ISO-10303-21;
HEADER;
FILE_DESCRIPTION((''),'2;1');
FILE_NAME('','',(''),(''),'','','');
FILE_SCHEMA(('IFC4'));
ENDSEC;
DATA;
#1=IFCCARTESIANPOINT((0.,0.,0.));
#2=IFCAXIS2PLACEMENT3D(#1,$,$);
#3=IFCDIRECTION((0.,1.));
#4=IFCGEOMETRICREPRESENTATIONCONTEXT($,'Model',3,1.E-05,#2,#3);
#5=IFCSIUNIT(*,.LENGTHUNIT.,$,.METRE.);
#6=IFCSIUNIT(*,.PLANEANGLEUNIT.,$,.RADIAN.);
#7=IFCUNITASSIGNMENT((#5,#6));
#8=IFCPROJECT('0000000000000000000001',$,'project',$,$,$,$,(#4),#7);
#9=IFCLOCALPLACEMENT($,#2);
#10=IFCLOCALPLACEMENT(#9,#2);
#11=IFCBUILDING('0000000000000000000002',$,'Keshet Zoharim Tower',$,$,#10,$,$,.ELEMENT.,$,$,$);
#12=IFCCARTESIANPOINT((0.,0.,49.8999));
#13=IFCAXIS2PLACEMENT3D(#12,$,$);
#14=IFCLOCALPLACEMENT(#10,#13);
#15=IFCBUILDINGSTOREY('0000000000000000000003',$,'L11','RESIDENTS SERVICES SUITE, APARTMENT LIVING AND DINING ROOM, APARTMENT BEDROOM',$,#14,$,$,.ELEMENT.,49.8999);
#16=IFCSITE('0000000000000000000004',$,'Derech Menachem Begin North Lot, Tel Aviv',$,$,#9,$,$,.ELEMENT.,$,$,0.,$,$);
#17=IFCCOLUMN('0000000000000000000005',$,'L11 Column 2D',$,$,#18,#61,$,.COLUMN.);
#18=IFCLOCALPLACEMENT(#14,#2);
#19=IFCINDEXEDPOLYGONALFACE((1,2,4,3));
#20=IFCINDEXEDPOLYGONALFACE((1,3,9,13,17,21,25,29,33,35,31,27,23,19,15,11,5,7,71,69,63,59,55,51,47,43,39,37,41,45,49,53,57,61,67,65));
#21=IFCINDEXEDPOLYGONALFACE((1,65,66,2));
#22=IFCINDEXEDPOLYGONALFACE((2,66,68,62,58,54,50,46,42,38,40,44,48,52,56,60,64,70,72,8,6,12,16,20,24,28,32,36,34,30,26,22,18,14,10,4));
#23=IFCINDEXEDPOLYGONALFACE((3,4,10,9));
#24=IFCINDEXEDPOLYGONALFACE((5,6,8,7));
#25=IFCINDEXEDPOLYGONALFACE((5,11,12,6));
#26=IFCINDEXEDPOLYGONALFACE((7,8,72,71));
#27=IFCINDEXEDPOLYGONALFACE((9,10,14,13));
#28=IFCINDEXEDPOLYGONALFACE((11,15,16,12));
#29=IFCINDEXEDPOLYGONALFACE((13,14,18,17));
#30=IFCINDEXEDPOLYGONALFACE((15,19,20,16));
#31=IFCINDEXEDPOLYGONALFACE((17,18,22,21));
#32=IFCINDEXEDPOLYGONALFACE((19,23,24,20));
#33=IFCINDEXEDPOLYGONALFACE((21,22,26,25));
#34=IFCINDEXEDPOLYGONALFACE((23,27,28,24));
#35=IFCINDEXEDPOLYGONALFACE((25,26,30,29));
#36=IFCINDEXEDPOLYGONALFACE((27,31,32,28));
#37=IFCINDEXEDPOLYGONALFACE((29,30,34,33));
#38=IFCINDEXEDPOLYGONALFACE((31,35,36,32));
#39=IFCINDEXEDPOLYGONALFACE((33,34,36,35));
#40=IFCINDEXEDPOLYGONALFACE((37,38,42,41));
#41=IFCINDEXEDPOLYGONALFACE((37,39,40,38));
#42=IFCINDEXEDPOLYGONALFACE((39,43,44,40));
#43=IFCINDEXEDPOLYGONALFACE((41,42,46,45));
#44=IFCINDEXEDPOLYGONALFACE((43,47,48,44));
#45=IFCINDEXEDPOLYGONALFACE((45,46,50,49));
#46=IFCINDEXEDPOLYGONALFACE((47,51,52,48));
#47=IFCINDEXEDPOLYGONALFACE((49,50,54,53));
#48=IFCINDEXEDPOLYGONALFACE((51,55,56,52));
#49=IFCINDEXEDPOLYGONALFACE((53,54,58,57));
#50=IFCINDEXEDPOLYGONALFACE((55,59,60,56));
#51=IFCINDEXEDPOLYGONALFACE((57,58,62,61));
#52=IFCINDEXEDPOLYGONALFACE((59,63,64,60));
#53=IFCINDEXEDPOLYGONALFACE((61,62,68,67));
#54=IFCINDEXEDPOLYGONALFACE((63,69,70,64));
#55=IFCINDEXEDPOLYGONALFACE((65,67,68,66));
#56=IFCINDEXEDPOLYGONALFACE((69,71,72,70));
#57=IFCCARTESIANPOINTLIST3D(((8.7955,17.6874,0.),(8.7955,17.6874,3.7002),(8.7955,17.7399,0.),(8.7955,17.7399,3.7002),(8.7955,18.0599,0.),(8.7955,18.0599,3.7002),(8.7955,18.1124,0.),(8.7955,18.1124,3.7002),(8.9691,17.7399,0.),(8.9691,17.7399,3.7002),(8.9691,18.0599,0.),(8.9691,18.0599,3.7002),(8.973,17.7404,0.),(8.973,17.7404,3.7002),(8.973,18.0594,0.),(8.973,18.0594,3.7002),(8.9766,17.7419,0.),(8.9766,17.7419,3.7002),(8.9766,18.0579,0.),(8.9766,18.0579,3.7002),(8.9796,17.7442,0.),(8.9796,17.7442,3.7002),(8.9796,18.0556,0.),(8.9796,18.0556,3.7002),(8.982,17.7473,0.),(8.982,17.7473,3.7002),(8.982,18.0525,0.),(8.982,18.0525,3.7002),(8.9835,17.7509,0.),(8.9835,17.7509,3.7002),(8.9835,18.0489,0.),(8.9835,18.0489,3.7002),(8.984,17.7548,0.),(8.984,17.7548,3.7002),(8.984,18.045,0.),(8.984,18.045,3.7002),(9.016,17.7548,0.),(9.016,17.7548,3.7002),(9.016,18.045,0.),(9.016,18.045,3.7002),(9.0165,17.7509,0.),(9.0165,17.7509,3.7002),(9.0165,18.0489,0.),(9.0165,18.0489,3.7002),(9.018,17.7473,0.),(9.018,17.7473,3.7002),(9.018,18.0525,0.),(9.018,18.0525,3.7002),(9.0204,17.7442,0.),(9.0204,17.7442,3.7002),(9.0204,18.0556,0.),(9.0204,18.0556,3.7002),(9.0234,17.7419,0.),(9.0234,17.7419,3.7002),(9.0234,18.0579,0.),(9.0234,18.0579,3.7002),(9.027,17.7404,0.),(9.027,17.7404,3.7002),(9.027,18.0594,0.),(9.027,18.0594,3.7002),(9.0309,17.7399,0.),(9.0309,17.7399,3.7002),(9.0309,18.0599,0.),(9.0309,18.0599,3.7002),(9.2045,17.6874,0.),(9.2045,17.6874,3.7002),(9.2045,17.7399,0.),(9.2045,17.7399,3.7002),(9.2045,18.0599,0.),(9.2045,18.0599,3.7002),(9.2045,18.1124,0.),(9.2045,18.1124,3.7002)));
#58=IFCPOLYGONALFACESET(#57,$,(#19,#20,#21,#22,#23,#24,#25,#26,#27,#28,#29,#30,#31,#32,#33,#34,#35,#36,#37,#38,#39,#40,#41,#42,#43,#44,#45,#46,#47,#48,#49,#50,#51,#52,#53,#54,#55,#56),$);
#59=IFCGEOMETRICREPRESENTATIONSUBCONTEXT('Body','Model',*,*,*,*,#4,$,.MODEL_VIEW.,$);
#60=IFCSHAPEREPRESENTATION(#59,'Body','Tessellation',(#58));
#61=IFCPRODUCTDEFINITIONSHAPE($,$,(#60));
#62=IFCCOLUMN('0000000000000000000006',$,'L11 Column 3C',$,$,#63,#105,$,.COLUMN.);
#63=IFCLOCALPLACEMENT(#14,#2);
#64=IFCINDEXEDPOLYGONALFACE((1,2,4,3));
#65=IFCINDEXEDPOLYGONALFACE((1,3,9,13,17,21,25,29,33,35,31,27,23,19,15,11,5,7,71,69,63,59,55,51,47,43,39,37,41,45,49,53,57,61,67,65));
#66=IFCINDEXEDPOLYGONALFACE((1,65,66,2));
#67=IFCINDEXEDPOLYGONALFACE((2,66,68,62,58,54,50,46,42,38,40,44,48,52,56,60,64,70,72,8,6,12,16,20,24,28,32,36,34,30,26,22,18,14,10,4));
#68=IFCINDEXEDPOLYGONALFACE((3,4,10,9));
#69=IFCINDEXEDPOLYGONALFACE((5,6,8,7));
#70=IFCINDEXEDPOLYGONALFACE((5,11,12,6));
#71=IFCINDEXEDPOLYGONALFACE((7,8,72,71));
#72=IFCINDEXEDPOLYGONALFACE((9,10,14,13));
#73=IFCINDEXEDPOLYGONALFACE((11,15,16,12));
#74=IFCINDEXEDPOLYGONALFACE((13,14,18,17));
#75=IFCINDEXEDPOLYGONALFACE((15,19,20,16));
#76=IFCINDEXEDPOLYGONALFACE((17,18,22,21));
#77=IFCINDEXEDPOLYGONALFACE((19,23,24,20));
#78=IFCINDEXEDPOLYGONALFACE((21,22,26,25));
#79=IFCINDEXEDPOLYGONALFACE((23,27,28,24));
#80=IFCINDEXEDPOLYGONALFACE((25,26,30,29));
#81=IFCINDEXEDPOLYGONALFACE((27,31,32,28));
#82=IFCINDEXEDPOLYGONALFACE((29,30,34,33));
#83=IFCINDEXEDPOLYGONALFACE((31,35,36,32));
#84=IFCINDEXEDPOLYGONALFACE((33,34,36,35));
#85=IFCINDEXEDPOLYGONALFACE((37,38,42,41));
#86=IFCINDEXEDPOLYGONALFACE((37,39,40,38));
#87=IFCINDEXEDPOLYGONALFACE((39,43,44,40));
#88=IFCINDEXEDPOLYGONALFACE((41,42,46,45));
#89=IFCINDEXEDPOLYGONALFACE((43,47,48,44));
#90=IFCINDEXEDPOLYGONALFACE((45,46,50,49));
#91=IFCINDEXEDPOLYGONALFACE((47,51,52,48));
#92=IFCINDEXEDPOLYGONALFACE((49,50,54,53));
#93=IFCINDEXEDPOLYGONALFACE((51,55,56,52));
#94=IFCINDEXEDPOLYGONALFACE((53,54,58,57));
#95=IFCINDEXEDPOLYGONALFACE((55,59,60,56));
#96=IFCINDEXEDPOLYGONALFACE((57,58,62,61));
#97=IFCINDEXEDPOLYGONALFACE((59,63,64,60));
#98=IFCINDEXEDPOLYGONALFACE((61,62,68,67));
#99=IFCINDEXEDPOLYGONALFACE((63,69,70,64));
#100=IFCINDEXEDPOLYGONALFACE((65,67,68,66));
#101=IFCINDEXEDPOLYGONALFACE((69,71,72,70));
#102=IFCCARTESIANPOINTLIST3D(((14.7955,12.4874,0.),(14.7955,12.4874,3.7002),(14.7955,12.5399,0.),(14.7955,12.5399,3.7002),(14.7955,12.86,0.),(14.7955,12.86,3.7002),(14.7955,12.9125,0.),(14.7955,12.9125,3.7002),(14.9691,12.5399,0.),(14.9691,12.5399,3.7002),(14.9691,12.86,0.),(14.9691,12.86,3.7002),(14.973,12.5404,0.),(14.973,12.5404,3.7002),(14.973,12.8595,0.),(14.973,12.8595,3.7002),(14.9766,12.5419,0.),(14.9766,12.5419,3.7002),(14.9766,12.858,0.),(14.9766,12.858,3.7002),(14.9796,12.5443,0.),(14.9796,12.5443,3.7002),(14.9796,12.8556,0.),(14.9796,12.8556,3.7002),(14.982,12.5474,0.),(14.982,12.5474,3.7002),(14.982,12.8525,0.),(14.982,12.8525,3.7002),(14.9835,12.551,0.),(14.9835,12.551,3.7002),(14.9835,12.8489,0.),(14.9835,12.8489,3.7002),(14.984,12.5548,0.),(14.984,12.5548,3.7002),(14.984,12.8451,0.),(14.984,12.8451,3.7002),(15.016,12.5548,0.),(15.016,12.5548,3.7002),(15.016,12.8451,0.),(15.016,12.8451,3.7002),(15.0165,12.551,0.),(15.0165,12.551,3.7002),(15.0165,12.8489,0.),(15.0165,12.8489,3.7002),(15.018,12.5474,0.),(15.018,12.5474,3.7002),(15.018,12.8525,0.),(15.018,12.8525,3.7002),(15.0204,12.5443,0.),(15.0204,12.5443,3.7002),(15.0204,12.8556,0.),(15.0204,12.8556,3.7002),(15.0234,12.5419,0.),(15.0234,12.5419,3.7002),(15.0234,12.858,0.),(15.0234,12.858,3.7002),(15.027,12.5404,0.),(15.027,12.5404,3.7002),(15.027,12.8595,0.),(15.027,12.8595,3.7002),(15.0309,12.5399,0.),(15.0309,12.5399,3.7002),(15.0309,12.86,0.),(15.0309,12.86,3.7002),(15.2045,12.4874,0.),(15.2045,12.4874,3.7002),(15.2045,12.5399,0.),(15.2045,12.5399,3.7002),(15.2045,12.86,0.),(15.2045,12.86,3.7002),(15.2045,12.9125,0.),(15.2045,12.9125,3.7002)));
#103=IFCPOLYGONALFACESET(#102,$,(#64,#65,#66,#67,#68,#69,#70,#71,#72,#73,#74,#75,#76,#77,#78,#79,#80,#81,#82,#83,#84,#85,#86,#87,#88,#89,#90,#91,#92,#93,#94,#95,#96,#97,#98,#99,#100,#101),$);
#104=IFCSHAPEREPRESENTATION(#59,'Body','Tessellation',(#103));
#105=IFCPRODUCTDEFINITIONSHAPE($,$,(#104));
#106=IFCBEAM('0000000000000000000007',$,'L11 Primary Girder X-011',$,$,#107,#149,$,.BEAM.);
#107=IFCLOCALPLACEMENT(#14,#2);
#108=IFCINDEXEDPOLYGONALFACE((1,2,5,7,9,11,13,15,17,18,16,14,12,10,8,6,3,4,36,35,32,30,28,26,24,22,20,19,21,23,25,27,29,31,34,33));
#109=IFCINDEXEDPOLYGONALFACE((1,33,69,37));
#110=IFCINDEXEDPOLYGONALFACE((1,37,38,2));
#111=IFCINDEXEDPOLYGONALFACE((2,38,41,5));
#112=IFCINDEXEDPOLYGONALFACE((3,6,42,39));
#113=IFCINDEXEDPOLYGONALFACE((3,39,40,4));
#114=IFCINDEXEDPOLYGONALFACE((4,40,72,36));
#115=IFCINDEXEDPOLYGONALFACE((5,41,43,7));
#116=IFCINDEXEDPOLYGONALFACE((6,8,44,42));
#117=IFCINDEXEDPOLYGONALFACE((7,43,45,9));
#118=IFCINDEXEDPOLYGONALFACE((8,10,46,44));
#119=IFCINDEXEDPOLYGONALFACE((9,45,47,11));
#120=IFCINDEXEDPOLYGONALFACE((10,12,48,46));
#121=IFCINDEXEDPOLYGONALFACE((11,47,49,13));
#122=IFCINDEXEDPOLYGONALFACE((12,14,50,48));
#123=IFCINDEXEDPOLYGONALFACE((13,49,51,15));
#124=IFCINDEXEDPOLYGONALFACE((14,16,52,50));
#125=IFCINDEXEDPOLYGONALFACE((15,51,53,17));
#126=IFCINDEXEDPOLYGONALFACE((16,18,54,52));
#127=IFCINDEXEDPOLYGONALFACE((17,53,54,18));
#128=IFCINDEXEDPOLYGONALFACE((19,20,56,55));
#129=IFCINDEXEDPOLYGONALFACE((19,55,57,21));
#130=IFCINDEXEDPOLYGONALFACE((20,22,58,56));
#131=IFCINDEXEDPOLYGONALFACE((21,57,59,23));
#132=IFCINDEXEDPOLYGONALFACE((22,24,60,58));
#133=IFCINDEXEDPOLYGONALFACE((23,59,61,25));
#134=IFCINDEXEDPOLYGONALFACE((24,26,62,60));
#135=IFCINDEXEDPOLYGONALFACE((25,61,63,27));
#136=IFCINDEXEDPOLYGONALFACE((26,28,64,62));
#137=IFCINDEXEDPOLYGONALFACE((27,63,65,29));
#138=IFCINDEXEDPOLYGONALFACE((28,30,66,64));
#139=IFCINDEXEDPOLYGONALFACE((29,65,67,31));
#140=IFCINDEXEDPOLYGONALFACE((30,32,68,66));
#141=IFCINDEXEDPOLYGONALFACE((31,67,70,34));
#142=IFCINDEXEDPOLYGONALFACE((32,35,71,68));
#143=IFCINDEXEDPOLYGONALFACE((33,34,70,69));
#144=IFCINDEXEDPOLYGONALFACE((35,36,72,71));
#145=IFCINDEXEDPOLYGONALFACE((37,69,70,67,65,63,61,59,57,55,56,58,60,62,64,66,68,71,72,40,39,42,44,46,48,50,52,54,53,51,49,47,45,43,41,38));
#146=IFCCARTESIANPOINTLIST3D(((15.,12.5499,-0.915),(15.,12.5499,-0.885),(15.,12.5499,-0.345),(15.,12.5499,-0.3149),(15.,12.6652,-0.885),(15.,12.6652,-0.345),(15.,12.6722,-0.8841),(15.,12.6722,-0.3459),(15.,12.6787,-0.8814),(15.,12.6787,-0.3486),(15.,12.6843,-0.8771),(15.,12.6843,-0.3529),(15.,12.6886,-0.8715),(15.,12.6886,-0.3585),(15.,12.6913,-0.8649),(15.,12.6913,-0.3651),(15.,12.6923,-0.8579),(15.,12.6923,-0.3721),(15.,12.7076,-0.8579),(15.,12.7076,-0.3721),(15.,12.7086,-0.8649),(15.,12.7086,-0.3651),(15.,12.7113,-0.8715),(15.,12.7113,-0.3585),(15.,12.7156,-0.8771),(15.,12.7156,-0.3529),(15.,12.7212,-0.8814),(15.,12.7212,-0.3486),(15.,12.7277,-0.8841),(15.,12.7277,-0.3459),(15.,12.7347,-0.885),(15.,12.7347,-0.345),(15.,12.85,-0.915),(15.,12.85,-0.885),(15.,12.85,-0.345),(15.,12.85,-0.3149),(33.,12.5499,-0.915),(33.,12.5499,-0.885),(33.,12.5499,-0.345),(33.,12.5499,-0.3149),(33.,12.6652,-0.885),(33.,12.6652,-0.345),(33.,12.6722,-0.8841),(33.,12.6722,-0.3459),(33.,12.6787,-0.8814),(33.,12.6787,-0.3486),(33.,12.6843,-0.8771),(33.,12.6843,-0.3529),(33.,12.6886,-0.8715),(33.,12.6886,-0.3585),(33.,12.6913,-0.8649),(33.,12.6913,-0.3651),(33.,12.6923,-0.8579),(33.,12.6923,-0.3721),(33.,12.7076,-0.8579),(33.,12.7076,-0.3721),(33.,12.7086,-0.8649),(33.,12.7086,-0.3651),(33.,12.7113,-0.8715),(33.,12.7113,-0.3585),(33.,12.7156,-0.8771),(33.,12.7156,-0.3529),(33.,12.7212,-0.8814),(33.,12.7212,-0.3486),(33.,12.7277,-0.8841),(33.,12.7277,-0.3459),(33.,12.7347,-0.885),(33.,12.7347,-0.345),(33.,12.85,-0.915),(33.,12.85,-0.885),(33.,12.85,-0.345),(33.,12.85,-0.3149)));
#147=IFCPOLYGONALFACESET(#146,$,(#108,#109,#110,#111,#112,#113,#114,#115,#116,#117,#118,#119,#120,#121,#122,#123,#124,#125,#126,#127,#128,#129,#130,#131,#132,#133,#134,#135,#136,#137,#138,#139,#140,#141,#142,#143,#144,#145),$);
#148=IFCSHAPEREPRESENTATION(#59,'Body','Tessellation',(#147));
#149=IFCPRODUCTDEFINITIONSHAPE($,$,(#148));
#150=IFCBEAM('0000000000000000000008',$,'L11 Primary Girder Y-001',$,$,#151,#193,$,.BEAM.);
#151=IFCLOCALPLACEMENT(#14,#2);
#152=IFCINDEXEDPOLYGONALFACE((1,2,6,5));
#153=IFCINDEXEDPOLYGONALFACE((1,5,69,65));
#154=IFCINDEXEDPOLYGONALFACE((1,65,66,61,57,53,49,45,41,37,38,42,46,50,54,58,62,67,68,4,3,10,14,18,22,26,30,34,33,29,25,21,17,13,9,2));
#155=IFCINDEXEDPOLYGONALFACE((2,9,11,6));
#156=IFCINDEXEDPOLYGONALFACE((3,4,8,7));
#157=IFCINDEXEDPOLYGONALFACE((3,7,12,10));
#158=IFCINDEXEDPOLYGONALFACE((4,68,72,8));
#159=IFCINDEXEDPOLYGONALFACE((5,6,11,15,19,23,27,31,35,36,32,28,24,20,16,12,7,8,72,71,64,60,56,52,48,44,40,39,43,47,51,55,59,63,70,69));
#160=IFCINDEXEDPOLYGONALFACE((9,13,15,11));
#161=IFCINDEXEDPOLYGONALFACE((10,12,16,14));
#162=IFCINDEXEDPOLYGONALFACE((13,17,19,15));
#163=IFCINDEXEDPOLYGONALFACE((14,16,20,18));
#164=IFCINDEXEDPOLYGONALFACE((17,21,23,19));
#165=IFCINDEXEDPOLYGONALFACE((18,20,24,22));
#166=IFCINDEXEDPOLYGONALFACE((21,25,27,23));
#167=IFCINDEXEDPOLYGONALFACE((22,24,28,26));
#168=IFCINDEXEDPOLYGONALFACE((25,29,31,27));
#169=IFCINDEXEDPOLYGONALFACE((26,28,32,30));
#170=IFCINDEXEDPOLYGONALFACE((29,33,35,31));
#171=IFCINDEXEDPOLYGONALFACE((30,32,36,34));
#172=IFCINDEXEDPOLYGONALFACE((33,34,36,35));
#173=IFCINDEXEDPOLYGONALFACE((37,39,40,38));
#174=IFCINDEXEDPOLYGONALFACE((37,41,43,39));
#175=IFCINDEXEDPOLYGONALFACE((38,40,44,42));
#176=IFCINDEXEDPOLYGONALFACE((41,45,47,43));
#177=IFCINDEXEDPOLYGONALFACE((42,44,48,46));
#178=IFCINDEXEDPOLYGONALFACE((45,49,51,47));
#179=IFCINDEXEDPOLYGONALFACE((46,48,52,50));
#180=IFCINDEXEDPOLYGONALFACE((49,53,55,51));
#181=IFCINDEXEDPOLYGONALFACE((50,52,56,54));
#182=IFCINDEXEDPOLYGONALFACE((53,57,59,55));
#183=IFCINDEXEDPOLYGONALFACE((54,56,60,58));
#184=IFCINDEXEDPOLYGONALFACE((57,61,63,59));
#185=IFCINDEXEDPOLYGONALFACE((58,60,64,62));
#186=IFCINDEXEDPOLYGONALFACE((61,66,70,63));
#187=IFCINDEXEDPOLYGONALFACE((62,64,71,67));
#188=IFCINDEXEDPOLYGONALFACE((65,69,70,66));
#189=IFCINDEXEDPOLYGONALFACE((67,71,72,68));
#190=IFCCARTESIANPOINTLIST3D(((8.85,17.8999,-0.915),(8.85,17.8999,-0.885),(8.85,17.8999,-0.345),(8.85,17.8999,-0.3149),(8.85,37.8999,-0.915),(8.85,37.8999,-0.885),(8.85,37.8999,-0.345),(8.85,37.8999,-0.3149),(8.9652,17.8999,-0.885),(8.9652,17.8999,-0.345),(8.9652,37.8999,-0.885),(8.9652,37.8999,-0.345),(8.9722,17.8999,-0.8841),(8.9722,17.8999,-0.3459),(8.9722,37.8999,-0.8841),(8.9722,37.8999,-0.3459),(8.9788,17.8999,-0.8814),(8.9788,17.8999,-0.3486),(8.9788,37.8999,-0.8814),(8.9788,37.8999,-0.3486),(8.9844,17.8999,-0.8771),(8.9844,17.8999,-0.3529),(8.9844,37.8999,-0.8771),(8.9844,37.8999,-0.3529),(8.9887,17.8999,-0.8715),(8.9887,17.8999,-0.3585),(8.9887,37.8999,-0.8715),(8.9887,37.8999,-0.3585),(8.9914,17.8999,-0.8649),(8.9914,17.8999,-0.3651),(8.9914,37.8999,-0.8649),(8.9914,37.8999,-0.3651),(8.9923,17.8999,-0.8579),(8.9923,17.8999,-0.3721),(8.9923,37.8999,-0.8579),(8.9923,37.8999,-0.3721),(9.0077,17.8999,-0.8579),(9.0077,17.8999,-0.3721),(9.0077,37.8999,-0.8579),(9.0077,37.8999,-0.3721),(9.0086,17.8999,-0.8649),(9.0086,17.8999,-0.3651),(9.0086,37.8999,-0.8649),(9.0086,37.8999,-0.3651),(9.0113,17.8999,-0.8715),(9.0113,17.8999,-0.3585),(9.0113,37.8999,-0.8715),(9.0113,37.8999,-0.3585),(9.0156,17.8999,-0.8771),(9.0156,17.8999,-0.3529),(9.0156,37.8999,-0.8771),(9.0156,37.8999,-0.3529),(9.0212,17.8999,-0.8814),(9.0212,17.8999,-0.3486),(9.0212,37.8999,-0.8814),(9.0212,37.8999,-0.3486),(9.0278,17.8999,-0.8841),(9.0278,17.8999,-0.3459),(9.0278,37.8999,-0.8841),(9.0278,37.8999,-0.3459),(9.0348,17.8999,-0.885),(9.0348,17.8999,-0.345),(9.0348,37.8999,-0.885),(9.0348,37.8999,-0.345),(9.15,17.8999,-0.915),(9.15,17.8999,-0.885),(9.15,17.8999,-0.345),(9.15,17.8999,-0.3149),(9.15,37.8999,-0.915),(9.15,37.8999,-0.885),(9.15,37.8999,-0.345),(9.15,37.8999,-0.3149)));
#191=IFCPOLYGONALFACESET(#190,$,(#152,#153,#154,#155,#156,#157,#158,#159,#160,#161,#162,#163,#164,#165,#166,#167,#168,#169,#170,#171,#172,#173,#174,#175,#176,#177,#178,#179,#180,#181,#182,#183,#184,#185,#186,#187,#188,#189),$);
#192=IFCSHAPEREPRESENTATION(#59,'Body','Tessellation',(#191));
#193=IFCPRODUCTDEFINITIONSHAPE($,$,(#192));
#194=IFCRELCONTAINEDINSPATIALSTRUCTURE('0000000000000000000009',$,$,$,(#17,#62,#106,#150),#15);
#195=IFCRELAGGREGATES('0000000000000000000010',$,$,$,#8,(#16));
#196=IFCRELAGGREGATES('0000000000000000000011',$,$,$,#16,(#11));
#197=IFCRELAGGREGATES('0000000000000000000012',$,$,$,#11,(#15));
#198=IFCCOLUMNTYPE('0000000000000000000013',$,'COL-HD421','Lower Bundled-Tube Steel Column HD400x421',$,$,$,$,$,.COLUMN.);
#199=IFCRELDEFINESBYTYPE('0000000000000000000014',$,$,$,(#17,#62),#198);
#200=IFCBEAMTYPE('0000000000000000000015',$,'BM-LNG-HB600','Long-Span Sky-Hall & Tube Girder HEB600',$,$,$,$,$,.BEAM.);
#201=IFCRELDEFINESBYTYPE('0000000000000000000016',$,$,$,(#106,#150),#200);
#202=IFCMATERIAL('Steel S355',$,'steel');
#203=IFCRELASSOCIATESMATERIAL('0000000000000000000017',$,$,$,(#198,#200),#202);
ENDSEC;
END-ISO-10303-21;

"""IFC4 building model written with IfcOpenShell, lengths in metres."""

from ifc_helpers import new_model, si_unit, direction, frame, origin, origin_2d, place, context, subcontext, project, spatial, i_section, extrude, material, material_profile, profile_set, type_object, element, save


model = new_model("IFC4")

# Units and contexts
model_context = context("Model", 3, precision=1e-05, world=origin(), true_north=direction((0.0, 1.0)))
body_context = subcontext(model_context, "Body", "Model", "MODEL_VIEW")
ifc_project = project(units=[si_unit("LENGTHUNIT", "METRE"), si_unit("PLANEANGLEUNIT", "RADIAN")], contexts=[model_context])

# Site, building, storey
site_placement = place(None, origin())
site = spatial("IfcSite", under=ifc_project, at=site_placement, Name="Derech Menachem Begin North Lot, Tel Aviv", CompositionType="ELEMENT", RefElevation=0.0)
building_placement = place(site_placement, origin())
building = spatial("IfcBuilding", under=site, at=building_placement, Name="Keshet Zoharim Tower", CompositionType="ELEMENT")
storey_placement = place(building_placement, frame((0.0, 0.0, 49.8999)))
storey = spatial("IfcBuildingStorey", under=building, at=storey_placement, Name="L11", Description="RESIDENTS SERVICES SUITE, APARTMENT LIVING AND DINING ROOM, APARTMENT BEDROOM", CompositionType="ELEMENT", Elevation=49.8999)

# Columns
ifc_material_1 = material(Name="Steel S355", Category="steel")
ifc_material_profile_1 = material_profile(ifc_material_1, i_section(OverallWidth=0.4089, OverallDepth=0.425, WebThickness=0.032, FlangeThickness=0.0525, FilletRadius=0.0149, at=origin_2d()), Name="HD400x421")
ifc_profile_set_1 = profile_set([ifc_material_profile_1], Name="Steel S355")
column_type = type_object("IfcColumnType", Name="COL-HD421", Description="Lower Bundled-Tube Steel Column HD400x421", PredefinedType="COLUMN", material=ifc_profile_set_1)
for number, where, z_axis, x_axis, name in (
    (1, (9.0, 17.8999, 0.0), (0.0, 0.0, 1.0), (1.0, 0.0, 0.0), "L11 Column 2D"),
    (2, (15.0, 12.7, 0.0), (0.0, 0.0, 1.0), (1.0, 0.0, 0.0), "L11 Column 3C"),
):
    element("IfcColumn", number, at=place(storey_placement, frame(where, z_axis=z_axis, x_axis=x_axis)), inside=storey, type_object=column_type, Name=name, PredefinedType="COLUMN", context=body_context, shape_type="SweptSolid", body=[
        extrude(i_section(OverallWidth=0.4089, OverallDepth=0.425, WebThickness=0.032, FlangeThickness=0.0525, FilletRadius=0.0149, at=origin_2d()), origin(), (0.0, 0.0, 1.0), 3.7002),
    ])

# Beams
ifc_material_profile_2 = material_profile(ifc_material_1, i_section(OverallWidth=0.3, OverallDepth=0.6001, WebThickness=0.0154, FlangeThickness=0.03, FilletRadius=0.0271, at=origin_2d()), Name="HEB600")
ifc_profile_set_2 = profile_set([ifc_material_profile_2], Name="Steel S355")
beam_type_1 = type_object("IfcBeamType", Name="BM-LNG-HB600", Description="Long-Span Sky-Hall & Tube Girder HEB600", PredefinedType="BEAM", material=ifc_profile_set_2)
beam_1_placement = place(storey_placement, frame((15.0, 12.7, -0.615), z_axis=(1.0, 0.0, 0.0), x_axis=(0.0, 1.0, 0.0)))
element("IfcBeam", 3, at=beam_1_placement, inside=storey, type_object=beam_type_1, Name="L11 Primary Girder X-011", PredefinedType="BEAM", context=body_context, shape_type="SweptSolid", body=[
    extrude(i_section(OverallWidth=0.3, OverallDepth=0.6001, WebThickness=0.0154, FlangeThickness=0.03, FilletRadius=0.0271, at=origin_2d()), origin(), (0.0, 0.0, 1.0), 18.0),
])
beam_2_placement = place(storey_placement, frame((9.0, 17.8999, -0.615), z_axis=(0.0, 1.0, 0.0), x_axis=(-1.0, 0.0, 0.0)))
element("IfcBeam", 4, at=beam_2_placement, inside=storey, type_object=beam_type_1, Name="L11 Primary Girder Y-001", PredefinedType="BEAM", context=body_context, shape_type="SweptSolid", body=[
    extrude(i_section(OverallWidth=0.3, OverallDepth=0.6001, WebThickness=0.0154, FlangeThickness=0.03, FilletRadius=0.0271, at=origin_2d()), origin(), (0.0, 0.0, 1.0), 20.0),
])

save(model, "model.ifc")
